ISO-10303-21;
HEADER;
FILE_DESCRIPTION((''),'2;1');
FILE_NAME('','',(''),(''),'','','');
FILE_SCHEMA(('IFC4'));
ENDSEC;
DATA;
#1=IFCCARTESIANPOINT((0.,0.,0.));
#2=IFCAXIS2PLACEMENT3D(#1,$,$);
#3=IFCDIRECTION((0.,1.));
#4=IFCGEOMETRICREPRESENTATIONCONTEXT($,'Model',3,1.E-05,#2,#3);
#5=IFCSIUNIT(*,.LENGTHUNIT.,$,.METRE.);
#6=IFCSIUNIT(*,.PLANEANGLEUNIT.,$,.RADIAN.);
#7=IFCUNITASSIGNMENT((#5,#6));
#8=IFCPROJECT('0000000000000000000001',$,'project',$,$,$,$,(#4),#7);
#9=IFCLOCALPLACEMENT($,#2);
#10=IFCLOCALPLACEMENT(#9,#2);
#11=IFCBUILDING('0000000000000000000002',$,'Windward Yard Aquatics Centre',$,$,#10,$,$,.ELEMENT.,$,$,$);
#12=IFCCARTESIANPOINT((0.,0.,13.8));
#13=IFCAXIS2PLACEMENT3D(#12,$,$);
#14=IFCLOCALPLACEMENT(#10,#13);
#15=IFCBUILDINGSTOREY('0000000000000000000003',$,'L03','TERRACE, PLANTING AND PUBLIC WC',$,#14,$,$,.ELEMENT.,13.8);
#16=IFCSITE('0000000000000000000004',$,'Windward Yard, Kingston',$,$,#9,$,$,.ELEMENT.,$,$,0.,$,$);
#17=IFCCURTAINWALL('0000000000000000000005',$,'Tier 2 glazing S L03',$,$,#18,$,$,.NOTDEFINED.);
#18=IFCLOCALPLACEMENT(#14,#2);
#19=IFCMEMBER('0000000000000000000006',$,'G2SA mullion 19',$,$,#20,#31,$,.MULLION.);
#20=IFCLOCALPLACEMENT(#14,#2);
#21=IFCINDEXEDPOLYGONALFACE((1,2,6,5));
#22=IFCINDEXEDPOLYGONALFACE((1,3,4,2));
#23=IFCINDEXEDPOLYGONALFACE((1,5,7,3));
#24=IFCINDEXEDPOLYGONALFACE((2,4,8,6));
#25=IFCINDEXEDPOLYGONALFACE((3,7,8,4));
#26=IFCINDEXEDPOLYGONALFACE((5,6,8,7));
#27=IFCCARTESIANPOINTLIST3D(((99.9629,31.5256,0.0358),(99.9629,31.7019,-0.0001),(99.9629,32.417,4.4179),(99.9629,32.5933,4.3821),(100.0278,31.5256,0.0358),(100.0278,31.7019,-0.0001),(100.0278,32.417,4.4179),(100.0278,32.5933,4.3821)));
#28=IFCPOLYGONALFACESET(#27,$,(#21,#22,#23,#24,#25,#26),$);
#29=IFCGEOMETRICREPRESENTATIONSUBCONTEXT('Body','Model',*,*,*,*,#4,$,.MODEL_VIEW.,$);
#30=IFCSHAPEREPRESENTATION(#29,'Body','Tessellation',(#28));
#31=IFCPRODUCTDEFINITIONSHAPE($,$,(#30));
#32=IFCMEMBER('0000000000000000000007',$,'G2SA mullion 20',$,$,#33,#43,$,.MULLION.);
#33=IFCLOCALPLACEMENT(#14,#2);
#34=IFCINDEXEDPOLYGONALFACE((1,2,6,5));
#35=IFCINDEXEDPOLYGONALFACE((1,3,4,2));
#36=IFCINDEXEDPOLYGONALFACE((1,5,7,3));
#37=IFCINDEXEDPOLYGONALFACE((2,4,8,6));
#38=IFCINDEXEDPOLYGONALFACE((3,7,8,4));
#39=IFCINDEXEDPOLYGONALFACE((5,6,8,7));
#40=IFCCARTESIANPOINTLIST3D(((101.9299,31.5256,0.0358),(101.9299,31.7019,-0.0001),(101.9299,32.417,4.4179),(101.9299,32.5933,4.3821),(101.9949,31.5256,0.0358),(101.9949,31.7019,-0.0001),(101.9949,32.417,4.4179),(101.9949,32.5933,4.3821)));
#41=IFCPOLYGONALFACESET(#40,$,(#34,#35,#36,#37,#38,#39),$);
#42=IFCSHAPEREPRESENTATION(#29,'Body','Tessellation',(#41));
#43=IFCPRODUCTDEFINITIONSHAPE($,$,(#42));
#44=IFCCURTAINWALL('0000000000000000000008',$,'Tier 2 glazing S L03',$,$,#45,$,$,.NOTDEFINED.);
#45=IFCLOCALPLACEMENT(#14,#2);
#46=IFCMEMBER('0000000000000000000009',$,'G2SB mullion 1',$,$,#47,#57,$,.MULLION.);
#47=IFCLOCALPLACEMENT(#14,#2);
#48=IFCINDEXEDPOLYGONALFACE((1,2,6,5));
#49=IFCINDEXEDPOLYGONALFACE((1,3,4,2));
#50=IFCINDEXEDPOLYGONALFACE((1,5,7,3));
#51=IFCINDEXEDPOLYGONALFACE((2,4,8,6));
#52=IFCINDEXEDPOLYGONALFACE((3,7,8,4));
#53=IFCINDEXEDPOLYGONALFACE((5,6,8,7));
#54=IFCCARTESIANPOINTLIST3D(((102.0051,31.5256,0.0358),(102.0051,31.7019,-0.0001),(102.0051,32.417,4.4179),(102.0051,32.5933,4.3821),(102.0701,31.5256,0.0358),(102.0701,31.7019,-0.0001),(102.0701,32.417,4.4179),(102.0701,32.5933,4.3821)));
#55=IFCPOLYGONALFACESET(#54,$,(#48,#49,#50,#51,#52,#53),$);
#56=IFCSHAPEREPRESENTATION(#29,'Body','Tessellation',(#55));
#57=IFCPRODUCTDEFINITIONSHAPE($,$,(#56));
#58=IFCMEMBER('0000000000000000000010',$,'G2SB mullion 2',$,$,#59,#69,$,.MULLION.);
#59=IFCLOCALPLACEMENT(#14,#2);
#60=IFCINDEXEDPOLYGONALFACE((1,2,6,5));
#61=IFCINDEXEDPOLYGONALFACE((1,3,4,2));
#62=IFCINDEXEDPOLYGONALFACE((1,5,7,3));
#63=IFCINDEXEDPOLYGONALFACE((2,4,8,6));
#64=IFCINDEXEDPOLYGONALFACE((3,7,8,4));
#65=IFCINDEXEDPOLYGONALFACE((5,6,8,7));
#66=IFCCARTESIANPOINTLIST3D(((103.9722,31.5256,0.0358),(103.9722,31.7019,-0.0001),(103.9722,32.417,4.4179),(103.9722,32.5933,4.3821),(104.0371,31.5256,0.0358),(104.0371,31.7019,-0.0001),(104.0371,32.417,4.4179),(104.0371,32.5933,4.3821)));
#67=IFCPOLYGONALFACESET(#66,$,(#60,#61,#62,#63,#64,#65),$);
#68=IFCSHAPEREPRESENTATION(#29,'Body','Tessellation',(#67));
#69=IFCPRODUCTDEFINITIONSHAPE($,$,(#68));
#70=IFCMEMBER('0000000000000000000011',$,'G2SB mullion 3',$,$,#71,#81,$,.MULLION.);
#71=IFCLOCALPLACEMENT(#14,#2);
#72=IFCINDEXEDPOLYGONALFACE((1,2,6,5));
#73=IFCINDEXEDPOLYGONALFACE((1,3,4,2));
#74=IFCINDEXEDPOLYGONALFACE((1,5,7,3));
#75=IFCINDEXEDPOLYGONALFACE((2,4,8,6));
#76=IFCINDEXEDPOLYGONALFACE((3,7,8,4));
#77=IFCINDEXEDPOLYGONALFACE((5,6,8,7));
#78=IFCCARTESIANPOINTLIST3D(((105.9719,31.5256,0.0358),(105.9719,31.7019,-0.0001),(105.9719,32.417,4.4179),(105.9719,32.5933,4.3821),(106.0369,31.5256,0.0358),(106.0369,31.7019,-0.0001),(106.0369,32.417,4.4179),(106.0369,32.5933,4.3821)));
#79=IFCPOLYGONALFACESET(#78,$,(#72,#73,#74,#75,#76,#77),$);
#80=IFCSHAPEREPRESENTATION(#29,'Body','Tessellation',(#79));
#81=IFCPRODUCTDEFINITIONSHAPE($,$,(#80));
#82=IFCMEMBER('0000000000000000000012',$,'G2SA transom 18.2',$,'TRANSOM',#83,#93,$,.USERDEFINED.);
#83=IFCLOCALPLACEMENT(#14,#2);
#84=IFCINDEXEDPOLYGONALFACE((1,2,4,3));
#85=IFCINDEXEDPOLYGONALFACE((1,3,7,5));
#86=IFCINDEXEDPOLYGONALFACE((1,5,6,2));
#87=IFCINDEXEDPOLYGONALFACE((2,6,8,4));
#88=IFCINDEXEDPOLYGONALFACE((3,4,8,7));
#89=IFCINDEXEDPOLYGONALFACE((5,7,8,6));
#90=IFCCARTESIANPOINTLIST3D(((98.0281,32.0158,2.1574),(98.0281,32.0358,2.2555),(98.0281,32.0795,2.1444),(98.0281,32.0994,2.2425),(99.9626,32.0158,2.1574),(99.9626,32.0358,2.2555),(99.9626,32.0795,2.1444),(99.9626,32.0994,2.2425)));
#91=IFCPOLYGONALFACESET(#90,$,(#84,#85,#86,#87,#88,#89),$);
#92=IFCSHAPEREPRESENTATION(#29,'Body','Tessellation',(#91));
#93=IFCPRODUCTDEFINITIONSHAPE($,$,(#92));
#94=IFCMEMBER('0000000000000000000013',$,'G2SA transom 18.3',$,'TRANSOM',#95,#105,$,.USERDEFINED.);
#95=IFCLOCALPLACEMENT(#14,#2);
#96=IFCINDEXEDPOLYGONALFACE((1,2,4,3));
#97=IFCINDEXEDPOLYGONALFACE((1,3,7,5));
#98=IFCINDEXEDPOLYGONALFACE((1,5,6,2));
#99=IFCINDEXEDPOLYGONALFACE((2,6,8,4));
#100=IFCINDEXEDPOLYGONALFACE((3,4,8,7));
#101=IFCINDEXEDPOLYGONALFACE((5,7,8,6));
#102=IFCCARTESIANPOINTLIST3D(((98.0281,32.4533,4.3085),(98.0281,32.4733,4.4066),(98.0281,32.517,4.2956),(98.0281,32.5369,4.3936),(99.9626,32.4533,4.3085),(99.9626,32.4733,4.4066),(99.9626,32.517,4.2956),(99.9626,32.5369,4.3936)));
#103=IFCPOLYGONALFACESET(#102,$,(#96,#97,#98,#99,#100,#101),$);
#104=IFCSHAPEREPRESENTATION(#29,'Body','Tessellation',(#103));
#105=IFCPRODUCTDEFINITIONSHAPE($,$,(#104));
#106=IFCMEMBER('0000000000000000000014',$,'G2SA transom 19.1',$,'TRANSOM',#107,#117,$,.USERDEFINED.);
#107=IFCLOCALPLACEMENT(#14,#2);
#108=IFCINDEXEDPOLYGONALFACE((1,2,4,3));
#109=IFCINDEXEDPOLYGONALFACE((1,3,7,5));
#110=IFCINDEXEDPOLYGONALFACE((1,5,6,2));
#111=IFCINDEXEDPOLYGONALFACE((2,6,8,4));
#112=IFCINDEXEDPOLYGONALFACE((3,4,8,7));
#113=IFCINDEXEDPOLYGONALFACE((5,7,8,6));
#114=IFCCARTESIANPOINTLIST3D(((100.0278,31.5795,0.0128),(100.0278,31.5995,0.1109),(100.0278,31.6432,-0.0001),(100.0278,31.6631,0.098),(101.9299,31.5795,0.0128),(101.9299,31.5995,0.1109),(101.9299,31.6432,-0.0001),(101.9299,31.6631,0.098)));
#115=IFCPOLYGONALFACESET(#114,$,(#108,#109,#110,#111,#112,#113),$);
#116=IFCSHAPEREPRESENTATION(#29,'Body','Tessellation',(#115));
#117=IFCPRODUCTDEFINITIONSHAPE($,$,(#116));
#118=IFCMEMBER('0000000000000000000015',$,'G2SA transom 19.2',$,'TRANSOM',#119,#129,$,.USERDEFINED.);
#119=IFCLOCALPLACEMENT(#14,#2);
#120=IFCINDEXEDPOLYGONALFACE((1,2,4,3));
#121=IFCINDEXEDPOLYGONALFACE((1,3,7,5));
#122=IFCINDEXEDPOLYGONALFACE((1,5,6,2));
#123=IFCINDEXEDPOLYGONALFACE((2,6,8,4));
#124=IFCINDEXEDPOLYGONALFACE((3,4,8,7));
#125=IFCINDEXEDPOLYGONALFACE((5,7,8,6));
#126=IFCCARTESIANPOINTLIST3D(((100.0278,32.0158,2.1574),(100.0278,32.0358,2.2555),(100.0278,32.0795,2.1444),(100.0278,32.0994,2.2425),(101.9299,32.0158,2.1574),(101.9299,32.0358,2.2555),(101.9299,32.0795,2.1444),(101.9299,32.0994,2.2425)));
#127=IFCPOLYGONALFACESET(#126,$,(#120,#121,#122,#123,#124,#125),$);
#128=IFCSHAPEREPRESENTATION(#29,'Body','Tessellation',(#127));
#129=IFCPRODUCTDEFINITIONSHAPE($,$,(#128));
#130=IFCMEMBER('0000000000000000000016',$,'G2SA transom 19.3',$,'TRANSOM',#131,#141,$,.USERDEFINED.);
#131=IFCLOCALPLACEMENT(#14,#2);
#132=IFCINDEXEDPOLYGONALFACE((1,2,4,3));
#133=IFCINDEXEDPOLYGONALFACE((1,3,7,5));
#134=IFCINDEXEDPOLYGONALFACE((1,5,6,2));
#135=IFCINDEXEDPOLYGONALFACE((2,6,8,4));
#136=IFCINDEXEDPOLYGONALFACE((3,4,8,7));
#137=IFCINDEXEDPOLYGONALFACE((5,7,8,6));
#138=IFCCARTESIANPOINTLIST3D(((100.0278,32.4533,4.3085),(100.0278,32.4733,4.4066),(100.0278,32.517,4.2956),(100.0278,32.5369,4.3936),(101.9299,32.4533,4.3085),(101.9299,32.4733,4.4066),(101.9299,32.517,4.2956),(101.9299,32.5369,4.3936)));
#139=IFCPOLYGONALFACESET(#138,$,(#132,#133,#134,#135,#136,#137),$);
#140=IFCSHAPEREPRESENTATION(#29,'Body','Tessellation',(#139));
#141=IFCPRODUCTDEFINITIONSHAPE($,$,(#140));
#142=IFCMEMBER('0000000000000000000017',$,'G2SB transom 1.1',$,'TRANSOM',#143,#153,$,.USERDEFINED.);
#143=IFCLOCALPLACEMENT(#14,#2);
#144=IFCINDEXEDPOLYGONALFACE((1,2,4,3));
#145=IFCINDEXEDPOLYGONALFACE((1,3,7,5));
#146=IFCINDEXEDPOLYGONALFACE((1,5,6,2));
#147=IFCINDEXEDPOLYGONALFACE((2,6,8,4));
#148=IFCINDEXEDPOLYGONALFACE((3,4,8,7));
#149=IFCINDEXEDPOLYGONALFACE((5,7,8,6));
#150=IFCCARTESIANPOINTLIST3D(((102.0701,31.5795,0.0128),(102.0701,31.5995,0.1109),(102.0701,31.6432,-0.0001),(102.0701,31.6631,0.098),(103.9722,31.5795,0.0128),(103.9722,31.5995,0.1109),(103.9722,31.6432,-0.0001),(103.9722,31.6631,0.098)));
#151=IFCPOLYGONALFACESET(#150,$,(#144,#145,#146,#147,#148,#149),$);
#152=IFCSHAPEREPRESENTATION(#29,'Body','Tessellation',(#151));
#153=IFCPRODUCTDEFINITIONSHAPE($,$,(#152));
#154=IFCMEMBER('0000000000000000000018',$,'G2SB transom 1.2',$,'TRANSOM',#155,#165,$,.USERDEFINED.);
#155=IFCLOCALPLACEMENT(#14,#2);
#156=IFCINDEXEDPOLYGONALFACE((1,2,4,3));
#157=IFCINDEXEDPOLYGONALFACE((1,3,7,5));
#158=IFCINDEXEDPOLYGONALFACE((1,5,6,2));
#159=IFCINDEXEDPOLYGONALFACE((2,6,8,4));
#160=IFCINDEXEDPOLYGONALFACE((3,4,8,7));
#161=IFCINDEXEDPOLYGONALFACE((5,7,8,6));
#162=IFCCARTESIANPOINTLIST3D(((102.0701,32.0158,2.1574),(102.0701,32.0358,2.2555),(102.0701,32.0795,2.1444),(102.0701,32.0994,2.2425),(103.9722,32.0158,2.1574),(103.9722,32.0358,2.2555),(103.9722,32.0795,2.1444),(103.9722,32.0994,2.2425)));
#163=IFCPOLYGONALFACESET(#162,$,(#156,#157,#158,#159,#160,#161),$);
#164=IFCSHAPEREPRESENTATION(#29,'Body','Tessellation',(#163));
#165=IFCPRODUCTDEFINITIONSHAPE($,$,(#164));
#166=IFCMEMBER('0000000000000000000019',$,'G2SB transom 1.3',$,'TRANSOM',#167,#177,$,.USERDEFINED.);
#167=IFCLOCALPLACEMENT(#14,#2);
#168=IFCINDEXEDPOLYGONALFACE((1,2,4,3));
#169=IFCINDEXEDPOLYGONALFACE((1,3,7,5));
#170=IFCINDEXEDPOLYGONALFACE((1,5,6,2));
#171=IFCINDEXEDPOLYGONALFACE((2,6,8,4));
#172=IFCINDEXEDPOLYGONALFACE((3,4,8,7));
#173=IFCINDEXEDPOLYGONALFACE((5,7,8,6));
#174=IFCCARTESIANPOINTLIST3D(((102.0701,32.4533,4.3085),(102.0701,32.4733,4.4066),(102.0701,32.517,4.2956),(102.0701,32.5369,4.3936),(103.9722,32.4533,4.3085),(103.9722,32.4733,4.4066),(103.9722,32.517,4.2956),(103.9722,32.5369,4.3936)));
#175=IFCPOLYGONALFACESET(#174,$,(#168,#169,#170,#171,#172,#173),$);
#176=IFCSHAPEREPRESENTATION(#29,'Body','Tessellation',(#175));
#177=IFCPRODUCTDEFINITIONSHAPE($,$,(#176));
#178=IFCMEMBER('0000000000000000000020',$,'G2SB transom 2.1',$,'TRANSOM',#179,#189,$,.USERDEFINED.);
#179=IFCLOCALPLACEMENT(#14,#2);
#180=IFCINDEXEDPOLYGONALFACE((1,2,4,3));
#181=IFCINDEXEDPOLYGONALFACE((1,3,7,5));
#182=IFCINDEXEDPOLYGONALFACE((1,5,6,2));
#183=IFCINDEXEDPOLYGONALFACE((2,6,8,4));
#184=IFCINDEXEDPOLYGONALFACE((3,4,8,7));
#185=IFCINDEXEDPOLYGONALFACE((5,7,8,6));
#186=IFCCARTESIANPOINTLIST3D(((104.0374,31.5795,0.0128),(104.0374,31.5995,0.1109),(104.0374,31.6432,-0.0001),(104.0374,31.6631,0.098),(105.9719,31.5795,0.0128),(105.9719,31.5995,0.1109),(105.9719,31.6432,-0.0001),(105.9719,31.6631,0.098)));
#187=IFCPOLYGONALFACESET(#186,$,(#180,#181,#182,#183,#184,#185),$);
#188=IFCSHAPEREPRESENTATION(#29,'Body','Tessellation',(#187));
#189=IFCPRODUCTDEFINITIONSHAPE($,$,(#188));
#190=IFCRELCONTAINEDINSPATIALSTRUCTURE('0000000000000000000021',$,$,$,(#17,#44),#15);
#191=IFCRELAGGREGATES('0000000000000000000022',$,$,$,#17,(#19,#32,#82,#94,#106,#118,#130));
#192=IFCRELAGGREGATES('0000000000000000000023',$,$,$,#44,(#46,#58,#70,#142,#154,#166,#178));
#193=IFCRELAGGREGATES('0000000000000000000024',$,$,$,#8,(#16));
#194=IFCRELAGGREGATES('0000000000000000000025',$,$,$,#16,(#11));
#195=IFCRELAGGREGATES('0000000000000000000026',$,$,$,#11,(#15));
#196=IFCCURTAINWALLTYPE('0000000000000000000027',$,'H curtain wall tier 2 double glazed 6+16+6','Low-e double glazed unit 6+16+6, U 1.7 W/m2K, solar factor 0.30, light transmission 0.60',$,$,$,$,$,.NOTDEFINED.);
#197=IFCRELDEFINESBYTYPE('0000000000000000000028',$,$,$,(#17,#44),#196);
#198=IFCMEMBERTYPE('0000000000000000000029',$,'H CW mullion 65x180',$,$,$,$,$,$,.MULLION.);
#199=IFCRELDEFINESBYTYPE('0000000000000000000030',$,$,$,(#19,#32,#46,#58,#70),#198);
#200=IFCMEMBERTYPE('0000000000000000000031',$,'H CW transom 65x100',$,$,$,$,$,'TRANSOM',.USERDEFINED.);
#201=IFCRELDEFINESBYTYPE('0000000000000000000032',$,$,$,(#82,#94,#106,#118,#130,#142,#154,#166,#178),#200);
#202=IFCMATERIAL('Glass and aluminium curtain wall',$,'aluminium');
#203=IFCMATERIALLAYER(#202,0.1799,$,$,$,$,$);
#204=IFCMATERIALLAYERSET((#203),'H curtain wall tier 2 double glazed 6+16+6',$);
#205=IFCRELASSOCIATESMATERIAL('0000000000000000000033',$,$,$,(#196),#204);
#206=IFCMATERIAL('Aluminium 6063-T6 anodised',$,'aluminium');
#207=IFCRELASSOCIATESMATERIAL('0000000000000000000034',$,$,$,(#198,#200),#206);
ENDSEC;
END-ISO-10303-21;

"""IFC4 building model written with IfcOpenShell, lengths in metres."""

from ifc_helpers import new_model, si_unit, direction, frame, origin, origin_2d, place, context, subcontext, project, spatial, rectangle, extrude, material, layer, layer_set, material_profile, profile_set, type_object, element, aggregate, save


model = new_model("IFC4")

# Units and contexts
model_context = context("Model", 3, precision=1e-05, world=origin(), true_north=direction((0.0, 1.0)))
body_context = subcontext(model_context, "Body", "Model", "MODEL_VIEW")
ifc_project = project(units=[si_unit("LENGTHUNIT", "METRE"), si_unit("PLANEANGLEUNIT", "RADIAN")], contexts=[model_context])

# Site, building, storey
site_placement = place(None, origin())
site = spatial("IfcSite", under=ifc_project, at=site_placement, Name="Windward Yard, Kingston", CompositionType="ELEMENT", RefElevation=0.0)
building_placement = place(site_placement, origin())
building = spatial("IfcBuilding", under=site, at=building_placement, Name="Windward Yard Aquatics Centre", CompositionType="ELEMENT")
storey_placement = place(building_placement, frame((0.0, 0.0, 13.8)))
storey = spatial("IfcBuildingStorey", under=building, at=storey_placement, Name="L03", Description="TERRACE, PLANTING AND PUBLIC WC", CompositionType="ELEMENT", Elevation=13.8)

# Curtain walls, members
ifc_material_1 = material(Name="Glass and aluminium curtain wall", Category="aluminium")
ifc_layer_1 = layer(ifc_material_1, 0.1799)
ifc_layer_set_1 = layer_set([ifc_layer_1], Name="H curtain wall tier 2 double glazed 6+16+6")
curtain_wall_type = type_object("IfcCurtainWallType", Name="H curtain wall tier 2 double glazed 6+16+6", Description="Low-e double glazed unit 6+16+6, U 1.7 W/m2K, solar factor 0.30, light transmission 0.60", PredefinedType="NOTDEFINED", material=ifc_layer_set_1)
curtain_wall_1_placement = place(storey_placement, origin())
curtain_wall_1 = element("IfcCurtainWall", 1, at=curtain_wall_1_placement, inside=storey, type_object=curtain_wall_type, Name="Tier 2 glazing S L03", PredefinedType="NOTDEFINED")
ifc_material_2 = material(Name="Aluminium 6063-T6 anodised", Category="aluminium")
ifc_material_profile_1 = material_profile(ifc_material_2, rectangle(XDim=0.0649, YDim=0.1799, at=origin_2d()), Name="H CW mullion 65x180")
ifc_profile_set_1 = profile_set([ifc_material_profile_1], Name="Aluminium 6063-T6 anodised")
member_type_1 = type_object("IfcMemberType", Name="H CW mullion 65x180", PredefinedType="MULLION", material=ifc_profile_set_1)
member_1_placement = place(storey_placement, frame((99.9954, 31.6138, 0.0178), z_axis=(0.0, 0.199328, 0.979933), x_axis=(-1.0, 0.0, 0.0)))
member_1 = element("IfcMember", 2, at=member_1_placement, type_object=member_type_1, Name="G2SA mullion 19", PredefinedType="MULLION", context=body_context, shape_type="SweptSolid", body=[
    extrude(rectangle(XDim=0.0649, YDim=0.1799, at=origin_2d()), origin(), (0.0, 0.0, 1.0), 4.4719),
])
member_2_placement = place(storey_placement, frame((101.9624, 31.6138, 0.0178), z_axis=(0.0, 0.199328, 0.979933), x_axis=(-1.0, 0.0, 0.0)))
member_2 = element("IfcMember", 3, at=member_2_placement, type_object=member_type_1, Name="G2SA mullion 20", PredefinedType="MULLION", context=body_context, shape_type="SweptSolid", body=[
    extrude(rectangle(XDim=0.0649, YDim=0.1799, at=origin_2d()), origin(), (0.0, 0.0, 1.0), 4.4719),
])
curtain_wall_2_placement = place(storey_placement, origin())
curtain_wall_2 = element("IfcCurtainWall", 4, at=curtain_wall_2_placement, inside=storey, type_object=curtain_wall_type, Name="Tier 2 glazing S L03", PredefinedType="NOTDEFINED")
member_3_placement = place(storey_placement, frame((102.0376, 31.6138, 0.0178), z_axis=(0.0, 0.199328, 0.979933), x_axis=(-1.0, 0.0, 0.0)))
member_3 = element("IfcMember", 5, at=member_3_placement, type_object=member_type_1, Name="G2SB mullion 1", PredefinedType="MULLION", context=body_context, shape_type="SweptSolid", body=[
    extrude(rectangle(XDim=0.0649, YDim=0.1799, at=origin_2d()), origin(), (0.0, 0.0, 1.0), 4.4719),
])
member_4_placement = place(storey_placement, frame((104.0046, 31.6138, 0.0178), z_axis=(0.0, 0.199328, 0.979933), x_axis=(-1.0, 0.0, 0.0)))
member_4 = element("IfcMember", 6, at=member_4_placement, type_object=member_type_1, Name="G2SB mullion 2", PredefinedType="MULLION", context=body_context, shape_type="SweptSolid", body=[
    extrude(rectangle(XDim=0.0649, YDim=0.1799, at=origin_2d()), origin(), (0.0, 0.0, 1.0), 4.4719),
])
member_5_placement = place(storey_placement, frame((106.0044, 31.6138, 0.0178), z_axis=(0.0, 0.199328, 0.979933), x_axis=(-1.0, 0.0, 0.0)))
member_5 = element("IfcMember", 7, at=member_5_placement, type_object=member_type_1, Name="G2SB mullion 3", PredefinedType="MULLION", context=body_context, shape_type="SweptSolid", body=[
    extrude(rectangle(XDim=0.0649, YDim=0.1799, at=origin_2d()), origin(), (0.0, 0.0, 1.0), 4.4719),
])

# Members
ifc_material_profile_2 = material_profile(ifc_material_2, rectangle(XDim=0.0649, YDim=0.1001, at=origin_2d()), Name="H CW transom 65x100")
ifc_profile_set_2 = profile_set([ifc_material_profile_2], Name="Aluminium 6063-T6 anodised")
member_type_2 = type_object("IfcMemberType", Name="H CW transom 65x100", ElementType="TRANSOM", PredefinedType="USERDEFINED", material=ifc_profile_set_2)
member_6_placement = place(storey_placement, frame((98.0281, 32.0576, 2.2), z_axis=(1.0, 0.0, 0.0), x_axis=(0.0, -0.979925, 0.199368)))
member_6 = element("IfcMember", 8, at=member_6_placement, type_object=member_type_2, Name="G2SA transom 18.2", ObjectType="TRANSOM", PredefinedType="USERDEFINED", context=body_context, shape_type="SweptSolid", body=[
    extrude(rectangle(XDim=0.0649, YDim=0.1001, at=origin_2d()), origin(), (0.0, 0.0, 1.0), 1.9346),
])
member_7_placement = place(storey_placement, frame((98.0281, 32.4951, 4.3511), z_axis=(1.0, 0.0, 0.0), x_axis=(0.0, -0.979925, 0.199368)))
member_7 = element("IfcMember", 9, at=member_7_placement, type_object=member_type_2, Name="G2SA transom 18.3", ObjectType="TRANSOM", PredefinedType="USERDEFINED", context=body_context, shape_type="SweptSolid", body=[
    extrude(rectangle(XDim=0.0649, YDim=0.1001, at=origin_2d()), origin(), (0.0, 0.0, 1.0), 1.9346),
])
member_8_placement = place(storey_placement, frame((100.0278, 31.6213, 0.0554), z_axis=(1.0, 0.0, 0.0), x_axis=(0.0, -0.979925, 0.199368)))
member_8 = element("IfcMember", 10, at=member_8_placement, type_object=member_type_2, Name="G2SA transom 19.1", ObjectType="TRANSOM", PredefinedType="USERDEFINED", context=body_context, shape_type="SweptSolid", body=[
    extrude(rectangle(XDim=0.0649, YDim=0.1001, at=origin_2d()), origin(), (0.0, 0.0, 1.0), 1.9021),
])
member_9_placement = place(storey_placement, frame((100.0278, 32.0576, 2.2), z_axis=(1.0, 0.0, 0.0), x_axis=(0.0, -0.979925, 0.199368)))
member_9 = element("IfcMember", 11, at=member_9_placement, type_object=member_type_2, Name="G2SA transom 19.2", ObjectType="TRANSOM", PredefinedType="USERDEFINED", context=body_context, shape_type="SweptSolid", body=[
    extrude(rectangle(XDim=0.0649, YDim=0.1001, at=origin_2d()), origin(), (0.0, 0.0, 1.0), 1.9021),
])
member_10_placement = place(storey_placement, frame((100.0278, 32.4951, 4.3511), z_axis=(1.0, 0.0, 0.0), x_axis=(0.0, -0.979925, 0.199368)))
member_10 = element("IfcMember", 12, at=member_10_placement, type_object=member_type_2, Name="G2SA transom 19.3", ObjectType="TRANSOM", PredefinedType="USERDEFINED", context=body_context, shape_type="SweptSolid", body=[
    extrude(rectangle(XDim=0.0649, YDim=0.1001, at=origin_2d()), origin(), (0.0, 0.0, 1.0), 1.9021),
])
member_11_placement = place(storey_placement, frame((102.0701, 31.6213, 0.0554), z_axis=(1.0, 0.0, 0.0), x_axis=(0.0, -0.979925, 0.199368)))
member_11 = element("IfcMember", 13, at=member_11_placement, type_object=member_type_2, Name="G2SB transom 1.1", ObjectType="TRANSOM", PredefinedType="USERDEFINED", context=body_context, shape_type="SweptSolid", body=[
    extrude(rectangle(XDim=0.0649, YDim=0.1001, at=origin_2d()), origin(), (0.0, 0.0, 1.0), 1.9021),
])
member_12_placement = place(storey_placement, frame((102.0701, 32.0576, 2.2), z_axis=(1.0, 0.0, 0.0), x_axis=(0.0, -0.979925, 0.199368)))
member_12 = element("IfcMember", 14, at=member_12_placement, type_object=member_type_2, Name="G2SB transom 1.2", ObjectType="TRANSOM", PredefinedType="USERDEFINED", context=body_context, shape_type="SweptSolid", body=[
    extrude(rectangle(XDim=0.0649, YDim=0.1001, at=origin_2d()), origin(), (0.0, 0.0, 1.0), 1.9021),
])
member_13_placement = place(storey_placement, frame((102.0701, 32.4951, 4.3511), z_axis=(1.0, 0.0, 0.0), x_axis=(0.0, -0.979925, 0.199368)))
member_13 = element("IfcMember", 15, at=member_13_placement, type_object=member_type_2, Name="G2SB transom 1.3", ObjectType="TRANSOM", PredefinedType="USERDEFINED", context=body_context, shape_type="SweptSolid", body=[
    extrude(rectangle(XDim=0.0649, YDim=0.1001, at=origin_2d()), origin(), (0.0, 0.0, 1.0), 1.9021),
])
member_14_placement = place(storey_placement, frame((104.0374, 31.6213, 0.0554), z_axis=(1.0, 0.0, 0.0), x_axis=(0.0, -0.979925, 0.199368)))
member_14 = element("IfcMember", 16, at=member_14_placement, type_object=member_type_2, Name="G2SB transom 2.1", ObjectType="TRANSOM", PredefinedType="USERDEFINED", context=body_context, shape_type="SweptSolid", body=[
    extrude(rectangle(XDim=0.0649, YDim=0.1001, at=origin_2d()), origin(), (0.0, 0.0, 1.0), 1.9346),
])

aggregate(curtain_wall_1, [member_1, member_2, member_6, member_7, member_8, member_9, member_10])
aggregate(curtain_wall_2, [member_3, member_4, member_5, member_11, member_12, member_13, member_14])

save(model, "model.ifc")
